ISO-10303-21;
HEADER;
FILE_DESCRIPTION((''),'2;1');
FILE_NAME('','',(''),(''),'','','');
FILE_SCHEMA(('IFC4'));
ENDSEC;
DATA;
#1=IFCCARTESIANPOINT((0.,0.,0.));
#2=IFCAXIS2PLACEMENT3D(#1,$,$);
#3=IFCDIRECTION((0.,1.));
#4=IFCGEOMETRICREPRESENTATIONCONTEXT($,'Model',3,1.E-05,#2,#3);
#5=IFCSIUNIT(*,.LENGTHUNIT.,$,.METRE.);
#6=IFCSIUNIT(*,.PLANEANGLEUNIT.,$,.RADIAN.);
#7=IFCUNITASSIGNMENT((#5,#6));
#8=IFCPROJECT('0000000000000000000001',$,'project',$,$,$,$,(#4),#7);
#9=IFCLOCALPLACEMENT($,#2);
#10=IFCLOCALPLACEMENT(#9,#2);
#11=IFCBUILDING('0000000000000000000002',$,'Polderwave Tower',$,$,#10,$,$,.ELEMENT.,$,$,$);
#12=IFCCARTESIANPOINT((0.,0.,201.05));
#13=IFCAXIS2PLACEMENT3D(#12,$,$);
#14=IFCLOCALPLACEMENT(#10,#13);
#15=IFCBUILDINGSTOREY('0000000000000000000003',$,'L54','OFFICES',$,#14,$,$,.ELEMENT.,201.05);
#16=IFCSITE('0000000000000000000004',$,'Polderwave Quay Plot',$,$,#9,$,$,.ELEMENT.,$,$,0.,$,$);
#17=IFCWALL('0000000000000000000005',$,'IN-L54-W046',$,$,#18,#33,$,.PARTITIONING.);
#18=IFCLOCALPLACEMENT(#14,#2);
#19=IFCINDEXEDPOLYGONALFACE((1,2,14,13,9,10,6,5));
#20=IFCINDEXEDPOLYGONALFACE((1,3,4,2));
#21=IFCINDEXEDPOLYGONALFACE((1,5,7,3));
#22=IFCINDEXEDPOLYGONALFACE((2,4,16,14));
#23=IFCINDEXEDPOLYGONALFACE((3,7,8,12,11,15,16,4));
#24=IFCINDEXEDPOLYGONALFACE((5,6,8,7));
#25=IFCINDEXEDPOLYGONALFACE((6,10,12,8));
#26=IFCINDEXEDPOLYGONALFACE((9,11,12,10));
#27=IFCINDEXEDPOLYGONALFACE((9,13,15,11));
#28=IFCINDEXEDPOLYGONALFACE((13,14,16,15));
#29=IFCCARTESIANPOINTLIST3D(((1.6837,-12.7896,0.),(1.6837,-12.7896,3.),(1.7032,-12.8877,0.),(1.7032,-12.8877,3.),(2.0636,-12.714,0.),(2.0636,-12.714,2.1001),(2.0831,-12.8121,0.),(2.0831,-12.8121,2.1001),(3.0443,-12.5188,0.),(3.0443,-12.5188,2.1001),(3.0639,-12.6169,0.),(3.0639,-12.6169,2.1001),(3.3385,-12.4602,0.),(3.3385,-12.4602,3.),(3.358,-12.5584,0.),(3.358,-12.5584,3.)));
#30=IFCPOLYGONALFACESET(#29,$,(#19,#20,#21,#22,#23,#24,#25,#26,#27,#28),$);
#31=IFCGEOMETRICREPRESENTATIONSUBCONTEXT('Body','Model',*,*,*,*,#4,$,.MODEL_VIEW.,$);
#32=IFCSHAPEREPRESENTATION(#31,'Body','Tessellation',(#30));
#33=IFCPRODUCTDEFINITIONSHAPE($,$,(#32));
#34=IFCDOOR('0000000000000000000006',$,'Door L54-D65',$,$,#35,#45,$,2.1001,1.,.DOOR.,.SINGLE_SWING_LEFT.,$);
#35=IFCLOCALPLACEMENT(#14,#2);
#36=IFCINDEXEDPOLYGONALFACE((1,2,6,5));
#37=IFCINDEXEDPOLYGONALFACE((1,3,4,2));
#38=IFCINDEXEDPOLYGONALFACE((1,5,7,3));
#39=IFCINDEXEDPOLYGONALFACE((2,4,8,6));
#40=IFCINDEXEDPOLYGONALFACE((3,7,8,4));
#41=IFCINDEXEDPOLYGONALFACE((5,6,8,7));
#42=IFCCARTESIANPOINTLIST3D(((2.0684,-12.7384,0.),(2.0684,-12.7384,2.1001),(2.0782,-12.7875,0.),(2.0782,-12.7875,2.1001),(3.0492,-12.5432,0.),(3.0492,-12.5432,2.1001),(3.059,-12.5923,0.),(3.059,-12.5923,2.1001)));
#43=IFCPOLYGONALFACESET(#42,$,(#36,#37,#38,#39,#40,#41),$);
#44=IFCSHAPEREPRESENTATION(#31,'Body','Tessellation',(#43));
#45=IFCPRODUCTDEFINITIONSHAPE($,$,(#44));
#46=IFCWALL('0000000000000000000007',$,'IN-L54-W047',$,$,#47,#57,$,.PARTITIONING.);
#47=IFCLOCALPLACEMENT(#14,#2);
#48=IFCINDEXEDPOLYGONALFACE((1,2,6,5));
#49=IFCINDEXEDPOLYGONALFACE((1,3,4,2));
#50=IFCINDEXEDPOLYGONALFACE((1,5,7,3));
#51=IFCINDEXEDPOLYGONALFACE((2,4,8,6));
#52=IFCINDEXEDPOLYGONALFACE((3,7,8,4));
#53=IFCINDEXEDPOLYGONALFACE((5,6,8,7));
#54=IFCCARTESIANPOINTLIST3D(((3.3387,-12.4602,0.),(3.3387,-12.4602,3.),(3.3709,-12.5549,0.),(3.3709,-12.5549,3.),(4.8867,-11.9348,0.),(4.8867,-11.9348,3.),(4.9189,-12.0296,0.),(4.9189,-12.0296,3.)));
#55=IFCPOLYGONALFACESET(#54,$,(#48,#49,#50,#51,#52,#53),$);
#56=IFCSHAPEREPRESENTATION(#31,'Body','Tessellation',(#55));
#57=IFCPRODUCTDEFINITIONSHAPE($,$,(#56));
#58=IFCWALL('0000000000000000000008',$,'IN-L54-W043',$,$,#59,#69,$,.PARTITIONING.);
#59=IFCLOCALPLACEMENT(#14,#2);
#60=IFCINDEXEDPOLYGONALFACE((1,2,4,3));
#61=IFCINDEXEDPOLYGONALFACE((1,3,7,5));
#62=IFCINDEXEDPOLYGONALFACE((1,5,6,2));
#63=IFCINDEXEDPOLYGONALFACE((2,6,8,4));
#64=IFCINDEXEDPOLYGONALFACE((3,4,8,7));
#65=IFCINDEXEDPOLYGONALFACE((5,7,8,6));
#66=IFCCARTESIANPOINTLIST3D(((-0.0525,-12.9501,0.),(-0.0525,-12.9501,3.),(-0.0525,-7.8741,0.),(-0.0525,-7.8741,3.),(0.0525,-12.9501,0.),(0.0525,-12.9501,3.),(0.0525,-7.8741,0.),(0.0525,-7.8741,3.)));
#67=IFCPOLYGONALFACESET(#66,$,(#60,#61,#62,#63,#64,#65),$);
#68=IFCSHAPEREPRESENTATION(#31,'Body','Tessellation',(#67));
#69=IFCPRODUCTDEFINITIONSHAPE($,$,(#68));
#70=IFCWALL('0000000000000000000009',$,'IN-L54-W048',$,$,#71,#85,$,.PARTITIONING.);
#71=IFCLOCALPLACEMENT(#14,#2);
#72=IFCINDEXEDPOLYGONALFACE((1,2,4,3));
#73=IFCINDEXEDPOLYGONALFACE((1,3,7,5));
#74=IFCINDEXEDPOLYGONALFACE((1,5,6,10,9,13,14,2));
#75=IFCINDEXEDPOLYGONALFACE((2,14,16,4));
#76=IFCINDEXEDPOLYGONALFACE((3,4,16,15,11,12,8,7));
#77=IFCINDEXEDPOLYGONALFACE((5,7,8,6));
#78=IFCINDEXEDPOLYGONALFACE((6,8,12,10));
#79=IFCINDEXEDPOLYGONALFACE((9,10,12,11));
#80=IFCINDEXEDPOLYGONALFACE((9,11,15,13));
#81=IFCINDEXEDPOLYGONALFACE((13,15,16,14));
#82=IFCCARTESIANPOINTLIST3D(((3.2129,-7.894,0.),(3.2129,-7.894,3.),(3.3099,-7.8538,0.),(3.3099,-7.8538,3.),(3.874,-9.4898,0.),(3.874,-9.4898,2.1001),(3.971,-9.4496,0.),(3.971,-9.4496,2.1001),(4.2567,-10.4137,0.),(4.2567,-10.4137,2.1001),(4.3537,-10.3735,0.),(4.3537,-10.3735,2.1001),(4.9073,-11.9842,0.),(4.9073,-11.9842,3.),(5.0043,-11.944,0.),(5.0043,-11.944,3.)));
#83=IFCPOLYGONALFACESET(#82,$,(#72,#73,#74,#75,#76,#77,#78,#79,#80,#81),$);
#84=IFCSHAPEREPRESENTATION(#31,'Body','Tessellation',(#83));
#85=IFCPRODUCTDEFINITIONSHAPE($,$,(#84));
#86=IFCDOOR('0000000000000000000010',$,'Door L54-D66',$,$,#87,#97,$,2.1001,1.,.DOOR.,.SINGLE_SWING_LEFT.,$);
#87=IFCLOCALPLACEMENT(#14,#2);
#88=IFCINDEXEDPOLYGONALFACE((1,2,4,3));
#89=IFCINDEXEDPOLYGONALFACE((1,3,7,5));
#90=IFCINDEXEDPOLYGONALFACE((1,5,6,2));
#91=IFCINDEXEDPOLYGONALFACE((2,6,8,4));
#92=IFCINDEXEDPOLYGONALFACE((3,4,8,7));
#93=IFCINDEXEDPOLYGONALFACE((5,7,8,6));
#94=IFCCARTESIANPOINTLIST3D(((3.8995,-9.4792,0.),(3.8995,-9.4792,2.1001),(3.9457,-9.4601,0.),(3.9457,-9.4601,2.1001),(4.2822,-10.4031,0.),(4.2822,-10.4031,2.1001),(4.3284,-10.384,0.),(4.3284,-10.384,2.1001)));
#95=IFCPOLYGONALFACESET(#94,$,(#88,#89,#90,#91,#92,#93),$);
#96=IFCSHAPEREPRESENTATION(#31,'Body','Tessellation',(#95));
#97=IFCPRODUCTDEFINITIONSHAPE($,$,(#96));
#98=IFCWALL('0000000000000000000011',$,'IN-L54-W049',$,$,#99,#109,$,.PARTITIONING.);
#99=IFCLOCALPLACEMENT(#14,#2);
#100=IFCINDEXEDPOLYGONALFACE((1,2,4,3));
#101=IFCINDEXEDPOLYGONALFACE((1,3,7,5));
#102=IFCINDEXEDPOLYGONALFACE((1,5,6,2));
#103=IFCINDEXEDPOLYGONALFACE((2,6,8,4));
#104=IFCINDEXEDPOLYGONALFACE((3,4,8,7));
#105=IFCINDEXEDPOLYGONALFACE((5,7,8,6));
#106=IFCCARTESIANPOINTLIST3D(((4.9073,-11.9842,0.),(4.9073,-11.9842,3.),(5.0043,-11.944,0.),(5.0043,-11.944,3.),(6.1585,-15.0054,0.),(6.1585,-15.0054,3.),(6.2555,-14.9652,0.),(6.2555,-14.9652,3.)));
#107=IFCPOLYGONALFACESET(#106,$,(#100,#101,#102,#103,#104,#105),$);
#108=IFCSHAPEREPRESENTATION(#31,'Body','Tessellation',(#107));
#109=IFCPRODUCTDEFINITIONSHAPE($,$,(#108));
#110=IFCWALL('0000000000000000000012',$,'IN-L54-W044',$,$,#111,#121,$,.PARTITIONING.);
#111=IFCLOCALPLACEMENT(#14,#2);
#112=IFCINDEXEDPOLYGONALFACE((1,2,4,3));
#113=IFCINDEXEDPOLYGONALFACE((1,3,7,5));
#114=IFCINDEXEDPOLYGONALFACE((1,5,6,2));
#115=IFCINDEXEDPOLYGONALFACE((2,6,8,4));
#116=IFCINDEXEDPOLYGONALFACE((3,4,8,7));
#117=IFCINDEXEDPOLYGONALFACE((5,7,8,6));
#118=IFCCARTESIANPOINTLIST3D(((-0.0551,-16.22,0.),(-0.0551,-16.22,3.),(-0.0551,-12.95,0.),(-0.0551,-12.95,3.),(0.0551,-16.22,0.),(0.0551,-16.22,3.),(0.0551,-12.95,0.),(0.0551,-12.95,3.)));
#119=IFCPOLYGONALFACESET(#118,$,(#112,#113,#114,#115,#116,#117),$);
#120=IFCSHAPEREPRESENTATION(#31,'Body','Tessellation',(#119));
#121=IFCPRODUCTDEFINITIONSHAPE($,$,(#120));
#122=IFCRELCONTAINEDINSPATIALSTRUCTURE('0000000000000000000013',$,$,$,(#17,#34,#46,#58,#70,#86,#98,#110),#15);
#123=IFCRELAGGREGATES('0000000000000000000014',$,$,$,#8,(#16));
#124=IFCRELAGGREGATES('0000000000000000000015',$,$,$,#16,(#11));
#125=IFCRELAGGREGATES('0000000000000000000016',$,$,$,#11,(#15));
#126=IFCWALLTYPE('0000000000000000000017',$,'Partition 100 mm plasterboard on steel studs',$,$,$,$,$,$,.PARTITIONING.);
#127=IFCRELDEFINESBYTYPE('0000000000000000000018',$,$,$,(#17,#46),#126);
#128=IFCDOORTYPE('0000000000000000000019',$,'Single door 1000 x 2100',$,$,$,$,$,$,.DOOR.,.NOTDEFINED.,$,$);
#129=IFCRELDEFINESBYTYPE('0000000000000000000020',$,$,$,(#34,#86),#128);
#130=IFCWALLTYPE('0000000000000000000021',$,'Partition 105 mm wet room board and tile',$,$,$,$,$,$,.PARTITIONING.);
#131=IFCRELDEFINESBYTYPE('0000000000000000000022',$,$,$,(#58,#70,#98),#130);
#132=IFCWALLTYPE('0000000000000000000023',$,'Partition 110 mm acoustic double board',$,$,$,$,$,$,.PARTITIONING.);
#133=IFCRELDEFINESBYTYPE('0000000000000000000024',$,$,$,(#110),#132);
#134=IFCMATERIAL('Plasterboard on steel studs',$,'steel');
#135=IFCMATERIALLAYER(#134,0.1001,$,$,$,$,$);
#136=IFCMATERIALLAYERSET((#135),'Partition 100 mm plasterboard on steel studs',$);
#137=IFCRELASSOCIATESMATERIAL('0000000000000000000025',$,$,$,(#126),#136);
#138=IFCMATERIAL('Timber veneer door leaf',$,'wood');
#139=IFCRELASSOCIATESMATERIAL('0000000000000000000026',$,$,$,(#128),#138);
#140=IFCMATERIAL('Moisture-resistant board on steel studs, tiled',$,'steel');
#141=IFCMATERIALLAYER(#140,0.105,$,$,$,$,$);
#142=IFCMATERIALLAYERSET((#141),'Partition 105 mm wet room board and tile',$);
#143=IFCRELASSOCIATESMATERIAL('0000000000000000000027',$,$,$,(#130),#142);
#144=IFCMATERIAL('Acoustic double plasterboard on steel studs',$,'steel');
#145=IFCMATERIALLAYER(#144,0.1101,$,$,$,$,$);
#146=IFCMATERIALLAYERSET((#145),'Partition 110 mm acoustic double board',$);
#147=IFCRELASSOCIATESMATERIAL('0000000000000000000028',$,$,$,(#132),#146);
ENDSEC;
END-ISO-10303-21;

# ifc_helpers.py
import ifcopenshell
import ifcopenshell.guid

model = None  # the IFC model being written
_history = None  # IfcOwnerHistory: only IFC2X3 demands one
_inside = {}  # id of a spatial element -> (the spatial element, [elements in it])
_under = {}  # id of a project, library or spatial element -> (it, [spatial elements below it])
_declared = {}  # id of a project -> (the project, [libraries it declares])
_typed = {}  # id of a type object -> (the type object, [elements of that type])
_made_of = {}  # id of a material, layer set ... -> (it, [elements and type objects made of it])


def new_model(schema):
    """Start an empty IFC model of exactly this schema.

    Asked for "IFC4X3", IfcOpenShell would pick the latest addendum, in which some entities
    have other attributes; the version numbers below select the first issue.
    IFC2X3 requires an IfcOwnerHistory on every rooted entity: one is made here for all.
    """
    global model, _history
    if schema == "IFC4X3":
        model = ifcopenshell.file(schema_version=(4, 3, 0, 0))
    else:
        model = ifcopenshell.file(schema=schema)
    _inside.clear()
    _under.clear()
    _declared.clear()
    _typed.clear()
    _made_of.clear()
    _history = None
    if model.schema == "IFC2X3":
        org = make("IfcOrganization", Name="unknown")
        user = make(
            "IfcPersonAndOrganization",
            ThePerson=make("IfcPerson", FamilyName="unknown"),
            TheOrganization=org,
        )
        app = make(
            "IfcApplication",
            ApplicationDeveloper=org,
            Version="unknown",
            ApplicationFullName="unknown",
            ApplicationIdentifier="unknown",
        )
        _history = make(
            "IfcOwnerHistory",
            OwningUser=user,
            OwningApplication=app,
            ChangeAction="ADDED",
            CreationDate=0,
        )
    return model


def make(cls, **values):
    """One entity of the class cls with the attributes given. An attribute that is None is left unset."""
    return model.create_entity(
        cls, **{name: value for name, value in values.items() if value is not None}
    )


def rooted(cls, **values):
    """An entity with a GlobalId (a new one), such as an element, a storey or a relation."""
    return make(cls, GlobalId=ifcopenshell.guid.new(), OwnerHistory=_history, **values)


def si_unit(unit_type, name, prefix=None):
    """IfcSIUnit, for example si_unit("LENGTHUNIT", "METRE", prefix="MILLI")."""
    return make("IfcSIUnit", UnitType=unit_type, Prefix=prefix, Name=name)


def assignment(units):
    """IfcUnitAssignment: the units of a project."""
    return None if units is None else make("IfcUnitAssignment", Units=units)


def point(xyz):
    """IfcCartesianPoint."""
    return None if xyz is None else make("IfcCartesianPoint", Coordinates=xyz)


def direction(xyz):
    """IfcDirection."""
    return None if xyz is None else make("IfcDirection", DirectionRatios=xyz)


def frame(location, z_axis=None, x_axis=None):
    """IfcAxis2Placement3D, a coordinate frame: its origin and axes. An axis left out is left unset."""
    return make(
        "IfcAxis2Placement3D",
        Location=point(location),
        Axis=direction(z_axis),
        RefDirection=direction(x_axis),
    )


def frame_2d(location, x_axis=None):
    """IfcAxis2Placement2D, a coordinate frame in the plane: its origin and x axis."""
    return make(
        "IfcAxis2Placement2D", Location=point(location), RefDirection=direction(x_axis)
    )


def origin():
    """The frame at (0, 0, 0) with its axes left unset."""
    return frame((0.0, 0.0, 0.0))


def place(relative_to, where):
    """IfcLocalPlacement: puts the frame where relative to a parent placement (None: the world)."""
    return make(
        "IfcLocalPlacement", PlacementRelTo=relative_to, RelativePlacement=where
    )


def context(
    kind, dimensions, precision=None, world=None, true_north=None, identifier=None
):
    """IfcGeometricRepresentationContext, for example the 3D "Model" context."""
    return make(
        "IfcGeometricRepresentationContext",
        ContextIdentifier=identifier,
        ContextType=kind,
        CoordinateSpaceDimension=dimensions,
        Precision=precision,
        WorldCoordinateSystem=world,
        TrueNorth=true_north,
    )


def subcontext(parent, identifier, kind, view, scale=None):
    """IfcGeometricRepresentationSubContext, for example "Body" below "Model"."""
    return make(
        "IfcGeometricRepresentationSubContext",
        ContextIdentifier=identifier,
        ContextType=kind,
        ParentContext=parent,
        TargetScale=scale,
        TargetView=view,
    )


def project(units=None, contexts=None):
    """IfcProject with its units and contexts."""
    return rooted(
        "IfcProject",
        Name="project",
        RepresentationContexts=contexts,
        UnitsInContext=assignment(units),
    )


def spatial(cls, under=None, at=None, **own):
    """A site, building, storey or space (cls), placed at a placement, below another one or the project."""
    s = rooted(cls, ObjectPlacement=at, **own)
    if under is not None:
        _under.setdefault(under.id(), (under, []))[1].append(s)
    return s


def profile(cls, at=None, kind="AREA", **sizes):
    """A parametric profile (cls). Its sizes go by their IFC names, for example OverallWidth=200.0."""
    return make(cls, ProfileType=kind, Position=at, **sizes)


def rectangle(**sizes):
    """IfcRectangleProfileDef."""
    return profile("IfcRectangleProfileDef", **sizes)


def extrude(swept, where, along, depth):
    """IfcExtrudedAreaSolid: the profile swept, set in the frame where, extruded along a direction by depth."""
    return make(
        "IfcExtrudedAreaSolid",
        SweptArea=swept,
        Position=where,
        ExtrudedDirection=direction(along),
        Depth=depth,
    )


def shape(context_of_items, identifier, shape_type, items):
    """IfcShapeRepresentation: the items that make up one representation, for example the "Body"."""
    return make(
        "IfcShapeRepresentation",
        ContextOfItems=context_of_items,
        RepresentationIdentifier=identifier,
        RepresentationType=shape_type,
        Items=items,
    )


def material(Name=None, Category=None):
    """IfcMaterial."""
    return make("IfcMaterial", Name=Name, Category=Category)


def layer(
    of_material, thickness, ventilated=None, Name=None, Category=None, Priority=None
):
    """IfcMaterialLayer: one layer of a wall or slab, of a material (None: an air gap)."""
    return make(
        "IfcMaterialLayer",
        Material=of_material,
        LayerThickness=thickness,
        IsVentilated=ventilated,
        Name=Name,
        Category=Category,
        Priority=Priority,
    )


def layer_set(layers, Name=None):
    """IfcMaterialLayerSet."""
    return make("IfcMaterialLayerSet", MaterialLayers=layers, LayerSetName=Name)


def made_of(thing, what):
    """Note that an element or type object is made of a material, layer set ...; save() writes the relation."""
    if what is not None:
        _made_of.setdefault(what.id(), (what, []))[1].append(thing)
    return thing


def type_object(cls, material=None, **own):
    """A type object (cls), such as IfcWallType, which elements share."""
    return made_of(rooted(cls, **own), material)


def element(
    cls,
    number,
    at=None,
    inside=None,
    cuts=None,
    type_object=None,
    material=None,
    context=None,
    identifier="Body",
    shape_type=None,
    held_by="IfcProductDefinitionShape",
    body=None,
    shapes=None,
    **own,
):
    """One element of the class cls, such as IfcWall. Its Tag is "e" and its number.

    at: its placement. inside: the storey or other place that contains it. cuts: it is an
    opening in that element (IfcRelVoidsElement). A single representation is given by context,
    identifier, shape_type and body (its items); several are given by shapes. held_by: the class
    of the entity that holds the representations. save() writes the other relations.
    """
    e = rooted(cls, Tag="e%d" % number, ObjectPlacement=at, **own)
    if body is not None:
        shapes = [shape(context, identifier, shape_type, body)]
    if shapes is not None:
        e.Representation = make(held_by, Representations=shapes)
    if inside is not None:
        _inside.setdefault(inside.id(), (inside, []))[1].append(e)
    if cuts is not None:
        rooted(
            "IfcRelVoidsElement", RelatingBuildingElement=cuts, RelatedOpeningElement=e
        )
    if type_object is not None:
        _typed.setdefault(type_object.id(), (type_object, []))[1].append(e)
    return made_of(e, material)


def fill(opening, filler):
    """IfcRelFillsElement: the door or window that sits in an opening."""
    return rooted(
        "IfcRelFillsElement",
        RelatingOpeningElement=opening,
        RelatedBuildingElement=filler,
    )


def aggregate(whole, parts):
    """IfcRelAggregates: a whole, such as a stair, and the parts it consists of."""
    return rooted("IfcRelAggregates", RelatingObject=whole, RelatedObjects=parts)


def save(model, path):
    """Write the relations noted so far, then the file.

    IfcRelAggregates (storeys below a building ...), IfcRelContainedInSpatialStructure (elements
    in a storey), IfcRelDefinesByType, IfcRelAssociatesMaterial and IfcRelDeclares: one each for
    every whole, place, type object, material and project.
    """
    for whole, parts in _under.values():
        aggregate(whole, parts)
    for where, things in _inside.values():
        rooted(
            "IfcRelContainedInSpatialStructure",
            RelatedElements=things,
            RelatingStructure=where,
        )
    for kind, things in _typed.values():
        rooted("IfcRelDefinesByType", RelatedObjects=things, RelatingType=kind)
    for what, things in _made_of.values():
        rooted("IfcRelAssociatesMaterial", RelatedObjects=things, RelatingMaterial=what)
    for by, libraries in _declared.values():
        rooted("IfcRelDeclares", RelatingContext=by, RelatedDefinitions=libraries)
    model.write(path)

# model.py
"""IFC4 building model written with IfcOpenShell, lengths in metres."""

from ifc_helpers import new_model, si_unit, direction, frame, frame_2d, origin, place, context, subcontext, project, spatial, rectangle, extrude, material, layer, layer_set, type_object, element, fill, save


model = new_model("IFC4")

# Units and contexts
model_context = context("Model", 3, precision=1e-05, world=origin(), true_north=direction((0.0, 1.0)))
body_context = subcontext(model_context, "Body", "Model", "MODEL_VIEW")
ifc_project = project(units=[si_unit("LENGTHUNIT", "METRE"), si_unit("PLANEANGLEUNIT", "RADIAN")], contexts=[model_context])

# Site, building, storey
site_placement = place(None, origin())
site = spatial("IfcSite", under=ifc_project, at=site_placement, Name="Polderwave Quay Plot", CompositionType="ELEMENT", RefElevation=0.0)
building_placement = place(site_placement, origin())
building = spatial("IfcBuilding", under=site, at=building_placement, Name="Polderwave Tower", CompositionType="ELEMENT")
storey_placement = place(building_placement, frame((0.0, 0.0, 201.05)))
storey = spatial("IfcBuildingStorey", under=building, at=storey_placement, Name="L54", Description="OFFICES", CompositionType="ELEMENT", Elevation=201.05)

# Shared definitions
ifc_material_1 = material(Name="Plasterboard on steel studs", Category="steel")
ifc_layer_1 = layer(ifc_material_1, 0.1001)
ifc_layer_set_1 = layer_set([ifc_layer_1], Name="Partition 100 mm plasterboard on steel studs")
wall_type_1 = type_object("IfcWallType", Name="Partition 100 mm plasterboard on steel studs", PredefinedType="PARTITIONING", material=ifc_layer_set_1)

# Wall, opening, door
wall_1_placement = place(storey_placement, frame((3.3484, -12.5093, 0.0), z_axis=(0.0, 0.0, 1.0), x_axis=(-0.980764, -0.195198, 0.0)))
wall_1 = element("IfcWall", 1, at=wall_1_placement, inside=storey, type_object=wall_type_1, Name="IN-L54-W046", PredefinedType="PARTITIONING", context=body_context, shape_type="SweptSolid", body=[
    extrude(rectangle(XDim=1.6873, YDim=0.1001, at=frame_2d((0.8438, 0.0))), origin(), (0.0, 0.0, 1.0), 3.0),
])
opening_1_placement = place(wall_1_placement, frame((0.3, 0.0, 0.0)))
opening_1 = element("IfcOpeningElement", 2, at=opening_1_placement, cuts=wall_1, PredefinedType="OPENING", context=body_context, shape_type="SweptSolid", body=[
    extrude(rectangle(XDim=1.0, YDim=2.1001, at=frame_2d((0.5, 1.05))), frame((0.0, 0.0601, 0.0), z_axis=(0.0, -1.0, 0.0), x_axis=(1.0, 0.0, 0.0)), (0.0, 0.0, 1.0), 0.1201),
])
ifc_material_2 = material(Name="Timber veneer door leaf", Category="wood")
door_type = type_object("IfcDoorType", Name="Single door 1000 x 2100", OperationType="NOTDEFINED", PredefinedType="DOOR", material=ifc_material_2)
door_1_placement = place(opening_1_placement, origin())
door_1 = element("IfcDoor", 3, at=door_1_placement, inside=storey, type_object=door_type, Name="Door L54-D65", OperationType="SINGLE_SWING_LEFT", OverallHeight=2.1001, OverallWidth=1.0, PredefinedType="DOOR", context=body_context, shape_type="SweptSolid", body=[
    extrude(rectangle(XDim=1.0, YDim=2.1001, at=frame_2d((0.5, 1.05))), frame((0.0, 0.0249, 0.0), z_axis=(0.0, -1.0, 0.0), x_axis=(1.0, 0.0, 0.0)), (0.0, 0.0, 1.0), 0.05),
])
fill(opening_1, door_1)

# Walls
wall_2_placement = place(storey_placement, frame((4.9028, -11.9822, 0.0), z_axis=(0.0, 0.0, 1.0), x_axis=(-0.946952, -0.321375, 0.0)))
element("IfcWall", 4, at=wall_2_placement, inside=storey, type_object=wall_type_1, Name="IN-L54-W047", PredefinedType="PARTITIONING", context=body_context, shape_type="SweptSolid", body=[
    extrude(rectangle(XDim=1.6348, YDim=0.1001, at=frame_2d((0.8174, 0.0))), origin(), (0.0, 0.0, 1.0), 3.0),
])
ifc_material_3 = material(Name="Moisture-resistant board on steel studs, tiled", Category="steel")
ifc_layer_2 = layer(ifc_material_3, 0.105)
ifc_layer_set_2 = layer_set([ifc_layer_2], Name="Partition 105 mm wet room board and tile")
wall_type_2 = type_object("IfcWallType", Name="Partition 105 mm wet room board and tile", PredefinedType="PARTITIONING", material=ifc_layer_set_2)
wall_3_placement = place(storey_placement, frame((0.0, -7.874, 0.0), z_axis=(0.0, 0.0, 1.0), x_axis=(0.0, -1.0, 0.0)))
element("IfcWall", 5, at=wall_3_placement, inside=storey, type_object=wall_type_2, Name="IN-L54-W043", PredefinedType="PARTITIONING", context=body_context, shape_type="SweptSolid", body=[
    extrude(rectangle(XDim=5.0759, YDim=0.105, at=frame_2d((2.5381, 0.0))), origin(), (0.0, 0.0, 1.0), 3.0),
])

# Wall, opening, door
wall_4_placement = place(storey_placement, frame((4.9558, -11.9641, 0.0), z_axis=(0.0, 0.0, 1.0), x_axis=(-0.382715, 0.923866, 0.0)))
wall_4 = element("IfcWall", 6, at=wall_4_placement, inside=storey, type_object=wall_type_2, Name="IN-L54-W048", PredefinedType="PARTITIONING", context=body_context, shape_type="SweptSolid", body=[
    extrude(rectangle(XDim=4.4272, YDim=0.105, at=frame_2d((2.2136, 0.0))), origin(), (0.0, 0.0, 1.0), 3.0),
])
opening_2_placement = place(wall_4_placement, frame((1.7, 0.0, 0.0)))
opening_2 = element("IfcOpeningElement", 7, at=opening_2_placement, cuts=wall_4, PredefinedType="OPENING", context=body_context, shape_type="SweptSolid", body=[
    extrude(rectangle(XDim=1.0, YDim=2.1001, at=frame_2d((0.5, 1.05))), frame((0.0, 0.0625, 0.0), z_axis=(0.0, -1.0, 0.0), x_axis=(1.0, 0.0, 0.0)), (0.0, 0.0, 1.0), 0.125),
])
door_2_placement = place(opening_2_placement, origin())
door_2 = element("IfcDoor", 8, at=door_2_placement, inside=storey, type_object=door_type, Name="Door L54-D66", OperationType="SINGLE_SWING_LEFT", OverallHeight=2.1001, OverallWidth=1.0, PredefinedType="DOOR", context=body_context, shape_type="SweptSolid", body=[
    extrude(rectangle(XDim=1.0, YDim=2.1001, at=frame_2d((0.5, 1.05))), frame((0.0, 0.0249, 0.0), z_axis=(0.0, -1.0, 0.0), x_axis=(1.0, 0.0, 0.0)), (0.0, 0.0, 1.0), 0.05),
])
fill(opening_2, door_2)

# Walls
wall_5_placement = place(storey_placement, frame((4.9558, -11.9641, 0.0), z_axis=(0.0, 0.0, 1.0), x_axis=(0.382627, -0.923903, 0.0)))
element("IfcWall", 9, at=wall_5_placement, inside=storey, type_object=wall_type_2, Name="IN-L54-W049", PredefinedType="PARTITIONING", context=body_context, shape_type="SweptSolid", body=[
    extrude(rectangle(XDim=3.27, YDim=0.105, at=frame_2d((1.635, 0.0))), origin(), (0.0, 0.0, 1.0), 3.0),
])
ifc_material_4 = material(Name="Acoustic double plasterboard on steel studs", Category="steel")
ifc_layer_3 = layer(ifc_material_4, 0.1101)
ifc_layer_set_3 = layer_set([ifc_layer_3], Name="Partition 110 mm acoustic double board")
wall_type_3 = type_object("IfcWallType", Name="Partition 110 mm acoustic double board", PredefinedType="PARTITIONING", material=ifc_layer_set_3)
wall_6_placement = place(storey_placement, frame((0.0, -12.95, 0.0), z_axis=(0.0, 0.0, 1.0), x_axis=(0.0, -1.0, 0.0)))
element("IfcWall", 10, at=wall_6_placement, inside=storey, type_object=wall_type_3, Name="IN-L54-W044", PredefinedType="PARTITIONING", context=body_context, shape_type="SweptSolid", body=[
    extrude(rectangle(XDim=3.27, YDim=0.1101, at=frame_2d((1.635, 0.0))), origin(), (0.0, 0.0, 1.0), 3.0),
])

save(model, "model.ifc")
